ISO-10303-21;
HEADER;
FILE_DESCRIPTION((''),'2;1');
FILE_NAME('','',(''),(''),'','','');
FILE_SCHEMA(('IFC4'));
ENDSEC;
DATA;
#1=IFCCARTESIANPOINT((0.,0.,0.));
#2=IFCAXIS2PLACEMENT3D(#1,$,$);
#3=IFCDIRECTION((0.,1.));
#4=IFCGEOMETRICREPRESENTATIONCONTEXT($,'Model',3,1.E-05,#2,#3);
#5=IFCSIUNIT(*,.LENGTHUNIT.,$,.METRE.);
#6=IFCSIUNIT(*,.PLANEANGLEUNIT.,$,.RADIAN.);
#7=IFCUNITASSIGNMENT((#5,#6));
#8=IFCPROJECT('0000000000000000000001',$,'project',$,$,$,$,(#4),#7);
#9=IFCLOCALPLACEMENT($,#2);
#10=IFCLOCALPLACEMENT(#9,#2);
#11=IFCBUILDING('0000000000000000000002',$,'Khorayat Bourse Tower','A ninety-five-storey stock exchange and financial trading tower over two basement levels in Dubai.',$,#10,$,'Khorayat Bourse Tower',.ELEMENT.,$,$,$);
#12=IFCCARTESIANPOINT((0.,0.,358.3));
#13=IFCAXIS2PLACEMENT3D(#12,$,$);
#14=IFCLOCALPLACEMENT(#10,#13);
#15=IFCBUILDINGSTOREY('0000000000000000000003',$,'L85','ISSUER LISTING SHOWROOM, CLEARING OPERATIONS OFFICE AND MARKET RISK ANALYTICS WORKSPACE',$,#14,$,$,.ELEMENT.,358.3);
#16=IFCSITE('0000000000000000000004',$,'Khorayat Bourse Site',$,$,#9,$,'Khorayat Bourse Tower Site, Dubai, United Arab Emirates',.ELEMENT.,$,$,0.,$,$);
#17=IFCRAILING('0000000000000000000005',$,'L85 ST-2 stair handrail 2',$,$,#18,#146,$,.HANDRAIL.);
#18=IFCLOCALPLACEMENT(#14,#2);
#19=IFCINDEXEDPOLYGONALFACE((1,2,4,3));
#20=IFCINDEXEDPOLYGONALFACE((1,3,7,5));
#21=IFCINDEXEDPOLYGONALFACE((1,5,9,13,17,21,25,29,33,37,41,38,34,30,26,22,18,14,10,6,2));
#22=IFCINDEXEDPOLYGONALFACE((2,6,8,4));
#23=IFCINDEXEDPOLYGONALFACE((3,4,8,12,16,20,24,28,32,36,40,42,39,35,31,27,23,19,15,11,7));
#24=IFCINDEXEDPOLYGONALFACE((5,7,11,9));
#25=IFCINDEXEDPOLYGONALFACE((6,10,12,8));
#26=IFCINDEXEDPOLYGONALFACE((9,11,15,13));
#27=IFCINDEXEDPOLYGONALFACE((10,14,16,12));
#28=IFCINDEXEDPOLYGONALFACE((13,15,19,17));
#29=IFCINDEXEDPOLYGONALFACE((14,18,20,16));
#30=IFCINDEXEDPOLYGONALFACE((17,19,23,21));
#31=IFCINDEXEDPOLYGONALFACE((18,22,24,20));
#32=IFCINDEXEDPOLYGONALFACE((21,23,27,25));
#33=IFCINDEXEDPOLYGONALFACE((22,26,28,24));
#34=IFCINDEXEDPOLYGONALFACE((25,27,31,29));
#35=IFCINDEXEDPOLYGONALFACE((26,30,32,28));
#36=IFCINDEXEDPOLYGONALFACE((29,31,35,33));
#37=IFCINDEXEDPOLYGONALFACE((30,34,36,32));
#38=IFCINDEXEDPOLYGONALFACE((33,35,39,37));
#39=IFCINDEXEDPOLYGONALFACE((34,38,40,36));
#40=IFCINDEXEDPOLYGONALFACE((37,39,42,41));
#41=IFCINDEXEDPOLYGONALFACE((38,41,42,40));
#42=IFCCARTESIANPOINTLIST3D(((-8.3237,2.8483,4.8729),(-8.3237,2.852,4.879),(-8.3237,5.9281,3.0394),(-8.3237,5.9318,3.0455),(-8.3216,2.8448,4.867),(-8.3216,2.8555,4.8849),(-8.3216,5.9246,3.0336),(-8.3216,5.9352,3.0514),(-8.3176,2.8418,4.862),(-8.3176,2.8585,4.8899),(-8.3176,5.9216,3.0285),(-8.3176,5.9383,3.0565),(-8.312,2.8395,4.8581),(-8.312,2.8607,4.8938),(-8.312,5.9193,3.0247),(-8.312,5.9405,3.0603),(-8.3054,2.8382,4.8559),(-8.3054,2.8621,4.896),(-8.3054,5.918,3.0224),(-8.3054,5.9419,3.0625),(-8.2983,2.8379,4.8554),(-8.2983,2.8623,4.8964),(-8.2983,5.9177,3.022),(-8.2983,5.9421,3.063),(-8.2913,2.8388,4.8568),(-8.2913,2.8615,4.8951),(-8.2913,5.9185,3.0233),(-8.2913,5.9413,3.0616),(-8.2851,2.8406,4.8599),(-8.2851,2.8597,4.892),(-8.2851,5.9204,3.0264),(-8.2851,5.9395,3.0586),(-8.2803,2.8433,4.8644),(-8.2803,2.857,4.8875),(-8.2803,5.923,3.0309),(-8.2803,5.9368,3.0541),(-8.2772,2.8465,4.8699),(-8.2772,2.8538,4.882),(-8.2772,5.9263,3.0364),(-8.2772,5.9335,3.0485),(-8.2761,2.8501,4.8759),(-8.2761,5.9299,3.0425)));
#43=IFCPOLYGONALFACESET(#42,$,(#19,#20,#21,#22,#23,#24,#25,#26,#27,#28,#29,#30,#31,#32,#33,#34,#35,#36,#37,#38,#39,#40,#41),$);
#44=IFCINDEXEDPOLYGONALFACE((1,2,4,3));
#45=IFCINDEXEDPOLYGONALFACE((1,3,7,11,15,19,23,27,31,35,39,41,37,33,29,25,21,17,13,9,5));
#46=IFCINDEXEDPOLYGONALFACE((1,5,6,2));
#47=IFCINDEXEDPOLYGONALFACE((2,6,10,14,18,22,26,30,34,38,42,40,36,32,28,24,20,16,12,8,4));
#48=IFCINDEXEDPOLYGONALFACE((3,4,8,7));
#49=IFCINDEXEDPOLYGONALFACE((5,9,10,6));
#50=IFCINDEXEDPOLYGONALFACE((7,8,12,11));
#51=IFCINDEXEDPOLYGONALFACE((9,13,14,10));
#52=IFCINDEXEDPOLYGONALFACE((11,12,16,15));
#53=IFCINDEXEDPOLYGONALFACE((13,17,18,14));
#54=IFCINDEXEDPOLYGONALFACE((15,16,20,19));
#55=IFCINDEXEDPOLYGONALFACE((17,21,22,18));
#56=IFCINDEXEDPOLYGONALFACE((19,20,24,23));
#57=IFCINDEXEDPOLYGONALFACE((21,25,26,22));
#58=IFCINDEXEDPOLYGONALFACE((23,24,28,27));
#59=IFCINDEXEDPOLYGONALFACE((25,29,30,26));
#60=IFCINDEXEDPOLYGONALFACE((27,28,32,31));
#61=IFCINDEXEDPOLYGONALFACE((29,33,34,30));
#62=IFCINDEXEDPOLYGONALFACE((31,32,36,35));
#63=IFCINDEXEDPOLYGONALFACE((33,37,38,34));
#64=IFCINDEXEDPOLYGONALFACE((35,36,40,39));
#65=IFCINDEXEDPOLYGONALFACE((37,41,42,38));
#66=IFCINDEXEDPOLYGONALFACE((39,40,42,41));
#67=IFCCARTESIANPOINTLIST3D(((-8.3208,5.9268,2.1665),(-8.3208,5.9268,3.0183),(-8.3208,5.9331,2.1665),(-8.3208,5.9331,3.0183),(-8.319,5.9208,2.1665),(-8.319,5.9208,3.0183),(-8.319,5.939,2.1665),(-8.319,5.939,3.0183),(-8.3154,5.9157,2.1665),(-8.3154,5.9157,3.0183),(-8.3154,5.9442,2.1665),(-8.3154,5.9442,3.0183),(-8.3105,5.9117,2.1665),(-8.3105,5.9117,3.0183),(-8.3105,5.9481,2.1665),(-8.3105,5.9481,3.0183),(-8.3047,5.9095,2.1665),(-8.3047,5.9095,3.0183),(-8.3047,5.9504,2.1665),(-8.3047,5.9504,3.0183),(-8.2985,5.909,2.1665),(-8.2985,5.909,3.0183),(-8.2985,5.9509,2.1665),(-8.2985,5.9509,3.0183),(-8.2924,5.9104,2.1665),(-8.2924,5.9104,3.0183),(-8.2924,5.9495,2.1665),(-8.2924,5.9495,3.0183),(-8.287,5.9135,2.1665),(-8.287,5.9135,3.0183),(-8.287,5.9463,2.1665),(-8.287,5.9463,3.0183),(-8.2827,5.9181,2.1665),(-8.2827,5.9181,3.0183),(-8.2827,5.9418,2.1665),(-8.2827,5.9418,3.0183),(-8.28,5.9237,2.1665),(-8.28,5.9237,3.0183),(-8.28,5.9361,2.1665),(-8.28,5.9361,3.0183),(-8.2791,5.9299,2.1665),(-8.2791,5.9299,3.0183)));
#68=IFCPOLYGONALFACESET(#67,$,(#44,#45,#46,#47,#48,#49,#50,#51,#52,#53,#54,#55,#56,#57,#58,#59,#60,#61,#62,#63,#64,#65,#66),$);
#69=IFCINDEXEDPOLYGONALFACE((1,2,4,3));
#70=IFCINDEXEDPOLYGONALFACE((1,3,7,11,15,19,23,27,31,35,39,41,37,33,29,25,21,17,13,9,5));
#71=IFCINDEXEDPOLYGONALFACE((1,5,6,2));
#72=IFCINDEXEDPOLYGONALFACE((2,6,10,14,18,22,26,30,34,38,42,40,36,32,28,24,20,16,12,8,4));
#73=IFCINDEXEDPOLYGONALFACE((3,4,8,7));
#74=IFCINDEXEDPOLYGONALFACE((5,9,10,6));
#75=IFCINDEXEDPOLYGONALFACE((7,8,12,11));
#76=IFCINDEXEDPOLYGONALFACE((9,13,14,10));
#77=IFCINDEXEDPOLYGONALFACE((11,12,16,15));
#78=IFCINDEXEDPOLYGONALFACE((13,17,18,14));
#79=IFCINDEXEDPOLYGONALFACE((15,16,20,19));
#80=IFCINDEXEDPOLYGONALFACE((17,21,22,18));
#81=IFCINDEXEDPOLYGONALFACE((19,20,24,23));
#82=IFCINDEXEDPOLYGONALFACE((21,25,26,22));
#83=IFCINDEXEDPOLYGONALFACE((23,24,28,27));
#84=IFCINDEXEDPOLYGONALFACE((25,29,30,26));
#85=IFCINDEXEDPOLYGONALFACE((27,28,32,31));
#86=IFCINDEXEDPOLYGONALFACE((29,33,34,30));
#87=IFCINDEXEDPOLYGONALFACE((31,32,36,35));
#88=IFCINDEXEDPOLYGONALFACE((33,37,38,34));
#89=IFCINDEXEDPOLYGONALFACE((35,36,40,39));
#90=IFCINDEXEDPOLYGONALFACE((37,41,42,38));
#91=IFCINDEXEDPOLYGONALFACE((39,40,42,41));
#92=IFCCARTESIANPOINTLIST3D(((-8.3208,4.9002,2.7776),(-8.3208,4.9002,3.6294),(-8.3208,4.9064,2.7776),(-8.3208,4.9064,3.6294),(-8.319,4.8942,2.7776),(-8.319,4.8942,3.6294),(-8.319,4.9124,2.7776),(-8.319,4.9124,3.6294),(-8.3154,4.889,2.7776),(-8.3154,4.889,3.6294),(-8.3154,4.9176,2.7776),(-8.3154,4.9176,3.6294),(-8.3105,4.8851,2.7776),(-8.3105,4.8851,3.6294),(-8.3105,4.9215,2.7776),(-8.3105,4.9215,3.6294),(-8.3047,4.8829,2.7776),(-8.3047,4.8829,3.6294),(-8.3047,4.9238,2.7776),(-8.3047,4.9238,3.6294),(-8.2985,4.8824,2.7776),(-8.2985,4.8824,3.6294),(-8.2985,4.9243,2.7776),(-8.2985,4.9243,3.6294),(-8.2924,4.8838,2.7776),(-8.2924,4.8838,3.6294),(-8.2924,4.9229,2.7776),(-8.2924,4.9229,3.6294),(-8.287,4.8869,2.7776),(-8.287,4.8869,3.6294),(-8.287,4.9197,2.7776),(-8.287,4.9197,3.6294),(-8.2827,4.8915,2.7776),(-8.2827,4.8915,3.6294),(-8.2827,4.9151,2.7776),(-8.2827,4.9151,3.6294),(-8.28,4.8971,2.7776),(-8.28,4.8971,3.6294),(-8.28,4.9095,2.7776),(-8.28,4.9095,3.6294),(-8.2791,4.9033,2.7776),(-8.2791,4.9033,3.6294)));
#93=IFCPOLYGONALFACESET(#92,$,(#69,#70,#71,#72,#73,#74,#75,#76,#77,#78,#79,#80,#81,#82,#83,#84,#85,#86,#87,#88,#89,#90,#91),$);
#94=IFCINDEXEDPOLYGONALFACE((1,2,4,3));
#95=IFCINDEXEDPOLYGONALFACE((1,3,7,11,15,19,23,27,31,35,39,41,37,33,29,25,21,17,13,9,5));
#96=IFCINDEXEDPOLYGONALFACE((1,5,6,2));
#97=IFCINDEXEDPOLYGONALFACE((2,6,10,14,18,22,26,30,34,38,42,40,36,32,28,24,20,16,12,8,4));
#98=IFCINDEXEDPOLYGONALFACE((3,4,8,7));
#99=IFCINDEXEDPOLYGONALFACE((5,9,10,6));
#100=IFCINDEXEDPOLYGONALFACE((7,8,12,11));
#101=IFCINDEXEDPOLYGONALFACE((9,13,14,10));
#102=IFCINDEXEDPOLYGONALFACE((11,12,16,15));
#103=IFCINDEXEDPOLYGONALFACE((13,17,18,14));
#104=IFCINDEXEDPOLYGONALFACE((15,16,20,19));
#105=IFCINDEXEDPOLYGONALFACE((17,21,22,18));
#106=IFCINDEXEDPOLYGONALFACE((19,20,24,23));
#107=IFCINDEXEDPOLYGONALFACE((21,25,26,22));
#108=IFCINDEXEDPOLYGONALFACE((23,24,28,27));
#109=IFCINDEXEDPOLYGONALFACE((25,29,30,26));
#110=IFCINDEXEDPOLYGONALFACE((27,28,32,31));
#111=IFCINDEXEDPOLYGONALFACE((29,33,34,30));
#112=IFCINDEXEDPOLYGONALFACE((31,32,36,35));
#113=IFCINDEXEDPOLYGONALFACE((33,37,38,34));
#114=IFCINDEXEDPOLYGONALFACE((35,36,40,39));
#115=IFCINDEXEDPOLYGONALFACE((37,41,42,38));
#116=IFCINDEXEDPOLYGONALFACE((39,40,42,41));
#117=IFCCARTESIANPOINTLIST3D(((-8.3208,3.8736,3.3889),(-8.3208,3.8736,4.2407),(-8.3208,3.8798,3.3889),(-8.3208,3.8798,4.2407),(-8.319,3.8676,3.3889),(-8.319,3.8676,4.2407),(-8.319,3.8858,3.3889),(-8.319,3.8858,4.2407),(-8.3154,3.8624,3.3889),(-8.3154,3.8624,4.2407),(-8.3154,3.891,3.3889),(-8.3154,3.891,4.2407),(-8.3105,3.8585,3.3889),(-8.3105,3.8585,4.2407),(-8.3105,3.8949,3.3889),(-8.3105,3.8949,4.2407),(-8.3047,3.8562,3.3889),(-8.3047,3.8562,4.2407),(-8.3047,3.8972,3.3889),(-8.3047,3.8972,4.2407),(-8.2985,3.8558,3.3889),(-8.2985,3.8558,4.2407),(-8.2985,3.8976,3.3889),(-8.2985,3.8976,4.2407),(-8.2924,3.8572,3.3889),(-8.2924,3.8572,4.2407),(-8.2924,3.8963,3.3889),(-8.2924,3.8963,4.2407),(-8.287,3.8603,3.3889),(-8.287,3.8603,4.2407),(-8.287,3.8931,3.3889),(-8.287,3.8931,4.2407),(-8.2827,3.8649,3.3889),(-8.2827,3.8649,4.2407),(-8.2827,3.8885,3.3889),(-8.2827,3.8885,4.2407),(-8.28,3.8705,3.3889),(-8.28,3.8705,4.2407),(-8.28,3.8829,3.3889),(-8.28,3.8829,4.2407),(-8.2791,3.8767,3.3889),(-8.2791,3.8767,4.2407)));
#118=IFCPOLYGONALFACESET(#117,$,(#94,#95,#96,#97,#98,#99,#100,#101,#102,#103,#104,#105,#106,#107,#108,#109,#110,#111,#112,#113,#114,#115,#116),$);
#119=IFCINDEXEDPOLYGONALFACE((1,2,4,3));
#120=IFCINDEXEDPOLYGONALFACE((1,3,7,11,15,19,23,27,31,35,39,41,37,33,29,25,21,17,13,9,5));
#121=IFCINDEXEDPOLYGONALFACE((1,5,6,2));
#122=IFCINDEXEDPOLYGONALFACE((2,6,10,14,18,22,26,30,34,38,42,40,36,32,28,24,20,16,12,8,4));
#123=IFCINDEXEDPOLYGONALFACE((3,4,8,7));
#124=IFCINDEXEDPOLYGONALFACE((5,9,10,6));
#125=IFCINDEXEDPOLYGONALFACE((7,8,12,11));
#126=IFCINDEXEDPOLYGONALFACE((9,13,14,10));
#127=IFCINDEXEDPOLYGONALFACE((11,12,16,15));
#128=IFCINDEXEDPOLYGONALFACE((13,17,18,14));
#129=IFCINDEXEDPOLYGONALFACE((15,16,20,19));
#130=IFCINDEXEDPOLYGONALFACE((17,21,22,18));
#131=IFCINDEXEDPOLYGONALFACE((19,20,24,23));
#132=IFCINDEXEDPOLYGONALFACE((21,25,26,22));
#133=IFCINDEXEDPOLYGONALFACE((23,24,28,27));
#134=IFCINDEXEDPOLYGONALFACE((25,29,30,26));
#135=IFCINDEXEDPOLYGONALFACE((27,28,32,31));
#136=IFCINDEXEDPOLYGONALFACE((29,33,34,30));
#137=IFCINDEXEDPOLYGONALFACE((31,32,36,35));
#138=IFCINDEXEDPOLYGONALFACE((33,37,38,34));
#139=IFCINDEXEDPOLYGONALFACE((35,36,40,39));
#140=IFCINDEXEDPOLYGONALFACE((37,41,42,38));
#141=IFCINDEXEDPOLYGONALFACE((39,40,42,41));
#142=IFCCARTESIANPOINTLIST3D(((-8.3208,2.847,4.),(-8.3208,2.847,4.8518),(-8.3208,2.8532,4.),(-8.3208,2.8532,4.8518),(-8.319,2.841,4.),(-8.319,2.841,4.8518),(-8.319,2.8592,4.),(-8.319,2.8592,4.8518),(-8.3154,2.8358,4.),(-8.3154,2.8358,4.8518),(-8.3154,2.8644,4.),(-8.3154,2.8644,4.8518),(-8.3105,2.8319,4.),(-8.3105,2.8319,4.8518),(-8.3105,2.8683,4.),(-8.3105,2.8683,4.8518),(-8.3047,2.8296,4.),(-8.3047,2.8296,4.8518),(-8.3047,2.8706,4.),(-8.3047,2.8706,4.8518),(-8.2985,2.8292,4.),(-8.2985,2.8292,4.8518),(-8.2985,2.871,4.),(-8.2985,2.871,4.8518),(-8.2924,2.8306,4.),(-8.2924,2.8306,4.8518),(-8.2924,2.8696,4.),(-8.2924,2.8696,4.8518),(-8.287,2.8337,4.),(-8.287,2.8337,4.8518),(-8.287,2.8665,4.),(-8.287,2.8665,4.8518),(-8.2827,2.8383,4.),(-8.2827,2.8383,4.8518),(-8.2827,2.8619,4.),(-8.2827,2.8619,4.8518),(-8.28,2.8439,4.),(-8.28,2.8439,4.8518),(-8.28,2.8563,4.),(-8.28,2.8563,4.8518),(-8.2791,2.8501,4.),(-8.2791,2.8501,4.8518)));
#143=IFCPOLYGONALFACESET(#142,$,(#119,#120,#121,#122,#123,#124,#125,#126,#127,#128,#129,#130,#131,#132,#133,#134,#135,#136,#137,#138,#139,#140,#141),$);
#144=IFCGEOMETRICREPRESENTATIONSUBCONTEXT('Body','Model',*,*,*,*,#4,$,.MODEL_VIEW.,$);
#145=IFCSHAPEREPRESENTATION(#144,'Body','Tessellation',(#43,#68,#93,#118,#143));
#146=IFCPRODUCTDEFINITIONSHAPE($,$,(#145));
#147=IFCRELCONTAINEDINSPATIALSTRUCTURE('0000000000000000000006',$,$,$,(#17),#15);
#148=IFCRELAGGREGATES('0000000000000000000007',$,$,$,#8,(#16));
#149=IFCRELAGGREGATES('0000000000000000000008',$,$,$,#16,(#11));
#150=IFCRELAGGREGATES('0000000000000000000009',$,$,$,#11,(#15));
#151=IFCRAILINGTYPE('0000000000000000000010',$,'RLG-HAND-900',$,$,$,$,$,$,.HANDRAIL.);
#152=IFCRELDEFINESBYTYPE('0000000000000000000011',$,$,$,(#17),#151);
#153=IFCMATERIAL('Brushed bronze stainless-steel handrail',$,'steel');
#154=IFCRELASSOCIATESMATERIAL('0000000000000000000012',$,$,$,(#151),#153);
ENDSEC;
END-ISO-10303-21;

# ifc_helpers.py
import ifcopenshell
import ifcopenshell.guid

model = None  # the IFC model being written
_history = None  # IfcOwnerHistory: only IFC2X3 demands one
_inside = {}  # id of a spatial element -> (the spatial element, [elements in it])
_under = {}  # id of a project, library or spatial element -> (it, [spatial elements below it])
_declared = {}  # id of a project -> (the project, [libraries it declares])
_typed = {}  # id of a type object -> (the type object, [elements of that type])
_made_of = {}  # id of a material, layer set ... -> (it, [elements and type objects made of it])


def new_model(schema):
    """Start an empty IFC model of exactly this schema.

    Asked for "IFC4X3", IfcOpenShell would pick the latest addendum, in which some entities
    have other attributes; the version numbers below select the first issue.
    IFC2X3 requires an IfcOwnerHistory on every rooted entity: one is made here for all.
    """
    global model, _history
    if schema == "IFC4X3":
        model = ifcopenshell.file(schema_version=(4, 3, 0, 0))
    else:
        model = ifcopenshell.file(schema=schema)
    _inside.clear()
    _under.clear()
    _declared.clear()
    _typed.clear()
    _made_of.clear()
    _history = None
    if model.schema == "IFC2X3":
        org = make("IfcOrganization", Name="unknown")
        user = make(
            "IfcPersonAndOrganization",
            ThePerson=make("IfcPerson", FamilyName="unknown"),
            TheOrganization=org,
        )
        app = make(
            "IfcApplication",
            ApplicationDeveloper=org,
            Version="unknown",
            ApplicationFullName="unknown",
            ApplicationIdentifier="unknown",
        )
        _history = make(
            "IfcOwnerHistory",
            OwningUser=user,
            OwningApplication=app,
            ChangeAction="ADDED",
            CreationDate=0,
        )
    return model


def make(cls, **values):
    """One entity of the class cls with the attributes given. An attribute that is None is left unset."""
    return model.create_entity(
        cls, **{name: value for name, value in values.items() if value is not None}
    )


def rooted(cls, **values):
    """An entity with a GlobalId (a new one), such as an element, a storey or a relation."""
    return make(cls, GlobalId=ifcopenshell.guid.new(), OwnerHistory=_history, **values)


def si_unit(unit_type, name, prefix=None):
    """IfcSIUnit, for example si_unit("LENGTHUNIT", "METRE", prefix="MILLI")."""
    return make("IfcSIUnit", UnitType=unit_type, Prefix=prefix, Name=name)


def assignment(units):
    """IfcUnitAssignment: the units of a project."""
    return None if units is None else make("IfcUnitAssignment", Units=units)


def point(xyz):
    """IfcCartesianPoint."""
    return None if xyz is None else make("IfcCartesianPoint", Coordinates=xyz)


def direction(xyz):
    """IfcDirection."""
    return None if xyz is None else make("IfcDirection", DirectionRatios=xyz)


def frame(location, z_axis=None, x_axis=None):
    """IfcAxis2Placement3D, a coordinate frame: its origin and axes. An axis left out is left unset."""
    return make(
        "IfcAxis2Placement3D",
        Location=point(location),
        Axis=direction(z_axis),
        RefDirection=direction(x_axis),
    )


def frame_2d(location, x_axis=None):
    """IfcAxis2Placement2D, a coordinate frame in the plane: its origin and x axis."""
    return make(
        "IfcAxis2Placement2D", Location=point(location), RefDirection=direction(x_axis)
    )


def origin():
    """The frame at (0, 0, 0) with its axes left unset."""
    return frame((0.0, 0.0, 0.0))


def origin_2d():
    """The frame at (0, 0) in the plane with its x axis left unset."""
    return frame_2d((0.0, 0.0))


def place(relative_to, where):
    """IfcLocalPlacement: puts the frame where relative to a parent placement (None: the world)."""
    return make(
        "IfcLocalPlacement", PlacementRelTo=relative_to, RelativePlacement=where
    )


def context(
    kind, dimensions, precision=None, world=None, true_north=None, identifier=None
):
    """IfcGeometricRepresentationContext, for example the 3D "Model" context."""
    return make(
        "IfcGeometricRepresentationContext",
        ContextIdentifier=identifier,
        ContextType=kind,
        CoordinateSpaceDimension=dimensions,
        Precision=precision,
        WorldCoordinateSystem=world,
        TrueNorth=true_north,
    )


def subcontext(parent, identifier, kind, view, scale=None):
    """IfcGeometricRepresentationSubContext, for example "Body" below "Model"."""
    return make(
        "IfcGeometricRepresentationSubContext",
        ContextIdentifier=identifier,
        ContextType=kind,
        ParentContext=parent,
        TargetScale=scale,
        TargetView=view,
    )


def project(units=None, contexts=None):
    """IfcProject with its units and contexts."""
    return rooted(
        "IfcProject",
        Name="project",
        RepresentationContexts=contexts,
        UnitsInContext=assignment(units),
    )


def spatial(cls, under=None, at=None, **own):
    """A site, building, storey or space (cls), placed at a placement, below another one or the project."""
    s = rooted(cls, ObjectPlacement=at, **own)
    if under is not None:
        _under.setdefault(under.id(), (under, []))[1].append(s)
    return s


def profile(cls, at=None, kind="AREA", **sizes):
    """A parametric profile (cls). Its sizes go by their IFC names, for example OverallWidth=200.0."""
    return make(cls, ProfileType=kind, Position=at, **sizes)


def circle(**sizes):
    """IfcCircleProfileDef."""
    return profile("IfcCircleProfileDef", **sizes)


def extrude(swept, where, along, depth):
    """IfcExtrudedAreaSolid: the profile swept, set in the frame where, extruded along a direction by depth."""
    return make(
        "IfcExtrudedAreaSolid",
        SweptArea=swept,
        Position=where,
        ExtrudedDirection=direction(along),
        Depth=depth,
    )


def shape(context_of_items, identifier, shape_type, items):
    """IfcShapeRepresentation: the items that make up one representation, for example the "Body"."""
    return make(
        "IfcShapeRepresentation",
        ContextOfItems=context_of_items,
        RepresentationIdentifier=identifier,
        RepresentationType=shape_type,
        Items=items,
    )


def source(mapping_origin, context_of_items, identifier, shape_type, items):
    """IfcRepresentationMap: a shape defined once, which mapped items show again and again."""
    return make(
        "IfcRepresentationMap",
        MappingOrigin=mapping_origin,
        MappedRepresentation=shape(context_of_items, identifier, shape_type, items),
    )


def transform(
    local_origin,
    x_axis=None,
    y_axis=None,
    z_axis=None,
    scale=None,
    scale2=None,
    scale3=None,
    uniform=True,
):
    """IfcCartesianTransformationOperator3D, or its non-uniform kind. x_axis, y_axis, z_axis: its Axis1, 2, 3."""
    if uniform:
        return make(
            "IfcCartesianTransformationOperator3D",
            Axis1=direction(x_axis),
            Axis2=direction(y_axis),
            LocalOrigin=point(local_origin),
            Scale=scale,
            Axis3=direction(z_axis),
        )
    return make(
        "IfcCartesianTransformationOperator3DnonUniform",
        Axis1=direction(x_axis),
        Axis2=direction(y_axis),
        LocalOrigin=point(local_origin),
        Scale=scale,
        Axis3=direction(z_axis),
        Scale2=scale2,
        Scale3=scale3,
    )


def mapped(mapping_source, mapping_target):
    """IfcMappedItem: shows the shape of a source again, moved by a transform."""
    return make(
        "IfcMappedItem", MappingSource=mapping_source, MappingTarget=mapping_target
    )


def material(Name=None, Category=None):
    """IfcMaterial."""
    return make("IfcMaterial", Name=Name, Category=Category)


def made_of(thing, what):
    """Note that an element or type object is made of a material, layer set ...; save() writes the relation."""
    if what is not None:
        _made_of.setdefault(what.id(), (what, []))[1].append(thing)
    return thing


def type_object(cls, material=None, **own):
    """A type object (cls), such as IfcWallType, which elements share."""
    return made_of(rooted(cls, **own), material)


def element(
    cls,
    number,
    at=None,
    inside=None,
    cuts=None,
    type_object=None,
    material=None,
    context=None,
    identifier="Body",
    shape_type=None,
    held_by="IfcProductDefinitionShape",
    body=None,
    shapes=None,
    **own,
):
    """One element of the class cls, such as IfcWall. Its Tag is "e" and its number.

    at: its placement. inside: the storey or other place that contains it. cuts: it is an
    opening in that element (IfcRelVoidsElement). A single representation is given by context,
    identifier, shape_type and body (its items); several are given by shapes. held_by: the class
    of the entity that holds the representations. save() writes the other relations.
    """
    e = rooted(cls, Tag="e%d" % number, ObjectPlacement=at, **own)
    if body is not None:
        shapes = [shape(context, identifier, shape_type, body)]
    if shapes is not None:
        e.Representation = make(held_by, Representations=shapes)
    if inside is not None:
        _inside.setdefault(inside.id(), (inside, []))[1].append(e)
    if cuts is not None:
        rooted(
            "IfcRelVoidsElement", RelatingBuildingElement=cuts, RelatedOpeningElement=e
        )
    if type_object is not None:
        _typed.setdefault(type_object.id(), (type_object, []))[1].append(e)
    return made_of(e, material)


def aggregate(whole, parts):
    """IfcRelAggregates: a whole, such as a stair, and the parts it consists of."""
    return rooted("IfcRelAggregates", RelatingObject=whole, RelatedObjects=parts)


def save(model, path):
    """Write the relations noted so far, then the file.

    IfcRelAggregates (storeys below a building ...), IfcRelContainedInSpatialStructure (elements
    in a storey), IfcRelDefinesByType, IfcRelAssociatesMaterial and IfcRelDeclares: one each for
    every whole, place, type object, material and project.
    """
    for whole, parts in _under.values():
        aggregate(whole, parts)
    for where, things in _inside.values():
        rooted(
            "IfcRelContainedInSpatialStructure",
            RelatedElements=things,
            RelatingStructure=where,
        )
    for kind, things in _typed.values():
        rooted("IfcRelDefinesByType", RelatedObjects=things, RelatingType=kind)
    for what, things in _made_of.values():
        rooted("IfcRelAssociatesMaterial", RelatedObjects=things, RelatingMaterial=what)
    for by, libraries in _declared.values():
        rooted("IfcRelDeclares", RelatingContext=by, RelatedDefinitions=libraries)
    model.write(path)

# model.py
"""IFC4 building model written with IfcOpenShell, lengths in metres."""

from ifc_helpers import new_model, si_unit, direction, frame, origin, origin_2d, place, context, subcontext, project, spatial, circle, extrude, source, transform, mapped, material, type_object, element, save


model = new_model("IFC4")

# Units and contexts
model_context = context("Model", 3, precision=1e-05, world=origin(), true_north=direction((0.0, 1.0)))
body_context = subcontext(model_context, "Body", "Model", "MODEL_VIEW")
ifc_project = project(units=[si_unit("LENGTHUNIT", "METRE"), si_unit("PLANEANGLEUNIT", "RADIAN")], contexts=[model_context])

# Site, building, storey
site_placement = place(None, origin())
site = spatial("IfcSite", under=ifc_project, at=site_placement, Name="Khorayat Bourse Site", LongName="Khorayat Bourse Tower Site, Dubai, United Arab Emirates", CompositionType="ELEMENT", RefElevation=0.0)
building_placement = place(site_placement, origin())
building = spatial("IfcBuilding", under=site, at=building_placement, Name="Khorayat Bourse Tower", Description="A ninety-five-storey stock exchange and financial trading tower over two basement levels in Dubai.", LongName="Khorayat Bourse Tower", CompositionType="ELEMENT")
storey_placement = place(building_placement, frame((0.0, 0.0, 358.3)))
storey = spatial("IfcBuildingStorey", under=building, at=storey_placement, Name="L85", Description="ISSUER LISTING SHOWROOM, CLEARING OPERATIONS OFFICE AND MARKET RISK ANALYTICS WORKSPACE", CompositionType="ELEMENT", Elevation=358.3)

# Railing
ifc_material_1 = material(Name="Brushed bronze stainless-steel handrail", Category="steel")
railing_type_1 = type_object("IfcRailingType", Name="RLG-HAND-900", PredefinedType="HANDRAIL", material=ifc_material_1)
shared_shape_1 = source(origin(), body_context, "Body", "SweptSolid", [
    extrude(circle(Radius=0.0239, at=origin_2d()), frame((0.0, 0.0, 0.876), z_axis=(0.0, -0.859261, 0.511538), x_axis=(1.0, 0.0, 0.0)), (0.0, 0.0, 1.0), 3.5842),
    extrude(circle(Radius=0.021, at=origin_2d()), origin(), (0.0, 0.0, 1.0), 0.8518),
    extrude(circle(Radius=0.021, at=origin_2d()), frame((0.0, -1.0266, 0.6111)), (0.0, 0.0, 1.0), 0.8518),
    extrude(circle(Radius=0.021, at=origin_2d()), frame((0.0, -2.0532, 1.2224)), (0.0, 0.0, 1.0), 0.8518),
    extrude(circle(Radius=0.021, at=origin_2d()), frame((0.0, -3.0798, 1.8335)), (0.0, 0.0, 1.0), 0.8518),
])
railing_1_placement = place(storey_placement, frame((-8.3, 5.9299, 2.1665)))
element("IfcRailing", 1, at=railing_1_placement, inside=storey, type_object=railing_type_1, Name="L85 ST-2 stair handrail 2", PredefinedType="HANDRAIL", context=body_context, shape_type="MappedRepresentation", body=[
    mapped(shared_shape_1, transform((0.0, 0.0, 0.0), scale=1.0)),
])

save(model, "model.ifc")
